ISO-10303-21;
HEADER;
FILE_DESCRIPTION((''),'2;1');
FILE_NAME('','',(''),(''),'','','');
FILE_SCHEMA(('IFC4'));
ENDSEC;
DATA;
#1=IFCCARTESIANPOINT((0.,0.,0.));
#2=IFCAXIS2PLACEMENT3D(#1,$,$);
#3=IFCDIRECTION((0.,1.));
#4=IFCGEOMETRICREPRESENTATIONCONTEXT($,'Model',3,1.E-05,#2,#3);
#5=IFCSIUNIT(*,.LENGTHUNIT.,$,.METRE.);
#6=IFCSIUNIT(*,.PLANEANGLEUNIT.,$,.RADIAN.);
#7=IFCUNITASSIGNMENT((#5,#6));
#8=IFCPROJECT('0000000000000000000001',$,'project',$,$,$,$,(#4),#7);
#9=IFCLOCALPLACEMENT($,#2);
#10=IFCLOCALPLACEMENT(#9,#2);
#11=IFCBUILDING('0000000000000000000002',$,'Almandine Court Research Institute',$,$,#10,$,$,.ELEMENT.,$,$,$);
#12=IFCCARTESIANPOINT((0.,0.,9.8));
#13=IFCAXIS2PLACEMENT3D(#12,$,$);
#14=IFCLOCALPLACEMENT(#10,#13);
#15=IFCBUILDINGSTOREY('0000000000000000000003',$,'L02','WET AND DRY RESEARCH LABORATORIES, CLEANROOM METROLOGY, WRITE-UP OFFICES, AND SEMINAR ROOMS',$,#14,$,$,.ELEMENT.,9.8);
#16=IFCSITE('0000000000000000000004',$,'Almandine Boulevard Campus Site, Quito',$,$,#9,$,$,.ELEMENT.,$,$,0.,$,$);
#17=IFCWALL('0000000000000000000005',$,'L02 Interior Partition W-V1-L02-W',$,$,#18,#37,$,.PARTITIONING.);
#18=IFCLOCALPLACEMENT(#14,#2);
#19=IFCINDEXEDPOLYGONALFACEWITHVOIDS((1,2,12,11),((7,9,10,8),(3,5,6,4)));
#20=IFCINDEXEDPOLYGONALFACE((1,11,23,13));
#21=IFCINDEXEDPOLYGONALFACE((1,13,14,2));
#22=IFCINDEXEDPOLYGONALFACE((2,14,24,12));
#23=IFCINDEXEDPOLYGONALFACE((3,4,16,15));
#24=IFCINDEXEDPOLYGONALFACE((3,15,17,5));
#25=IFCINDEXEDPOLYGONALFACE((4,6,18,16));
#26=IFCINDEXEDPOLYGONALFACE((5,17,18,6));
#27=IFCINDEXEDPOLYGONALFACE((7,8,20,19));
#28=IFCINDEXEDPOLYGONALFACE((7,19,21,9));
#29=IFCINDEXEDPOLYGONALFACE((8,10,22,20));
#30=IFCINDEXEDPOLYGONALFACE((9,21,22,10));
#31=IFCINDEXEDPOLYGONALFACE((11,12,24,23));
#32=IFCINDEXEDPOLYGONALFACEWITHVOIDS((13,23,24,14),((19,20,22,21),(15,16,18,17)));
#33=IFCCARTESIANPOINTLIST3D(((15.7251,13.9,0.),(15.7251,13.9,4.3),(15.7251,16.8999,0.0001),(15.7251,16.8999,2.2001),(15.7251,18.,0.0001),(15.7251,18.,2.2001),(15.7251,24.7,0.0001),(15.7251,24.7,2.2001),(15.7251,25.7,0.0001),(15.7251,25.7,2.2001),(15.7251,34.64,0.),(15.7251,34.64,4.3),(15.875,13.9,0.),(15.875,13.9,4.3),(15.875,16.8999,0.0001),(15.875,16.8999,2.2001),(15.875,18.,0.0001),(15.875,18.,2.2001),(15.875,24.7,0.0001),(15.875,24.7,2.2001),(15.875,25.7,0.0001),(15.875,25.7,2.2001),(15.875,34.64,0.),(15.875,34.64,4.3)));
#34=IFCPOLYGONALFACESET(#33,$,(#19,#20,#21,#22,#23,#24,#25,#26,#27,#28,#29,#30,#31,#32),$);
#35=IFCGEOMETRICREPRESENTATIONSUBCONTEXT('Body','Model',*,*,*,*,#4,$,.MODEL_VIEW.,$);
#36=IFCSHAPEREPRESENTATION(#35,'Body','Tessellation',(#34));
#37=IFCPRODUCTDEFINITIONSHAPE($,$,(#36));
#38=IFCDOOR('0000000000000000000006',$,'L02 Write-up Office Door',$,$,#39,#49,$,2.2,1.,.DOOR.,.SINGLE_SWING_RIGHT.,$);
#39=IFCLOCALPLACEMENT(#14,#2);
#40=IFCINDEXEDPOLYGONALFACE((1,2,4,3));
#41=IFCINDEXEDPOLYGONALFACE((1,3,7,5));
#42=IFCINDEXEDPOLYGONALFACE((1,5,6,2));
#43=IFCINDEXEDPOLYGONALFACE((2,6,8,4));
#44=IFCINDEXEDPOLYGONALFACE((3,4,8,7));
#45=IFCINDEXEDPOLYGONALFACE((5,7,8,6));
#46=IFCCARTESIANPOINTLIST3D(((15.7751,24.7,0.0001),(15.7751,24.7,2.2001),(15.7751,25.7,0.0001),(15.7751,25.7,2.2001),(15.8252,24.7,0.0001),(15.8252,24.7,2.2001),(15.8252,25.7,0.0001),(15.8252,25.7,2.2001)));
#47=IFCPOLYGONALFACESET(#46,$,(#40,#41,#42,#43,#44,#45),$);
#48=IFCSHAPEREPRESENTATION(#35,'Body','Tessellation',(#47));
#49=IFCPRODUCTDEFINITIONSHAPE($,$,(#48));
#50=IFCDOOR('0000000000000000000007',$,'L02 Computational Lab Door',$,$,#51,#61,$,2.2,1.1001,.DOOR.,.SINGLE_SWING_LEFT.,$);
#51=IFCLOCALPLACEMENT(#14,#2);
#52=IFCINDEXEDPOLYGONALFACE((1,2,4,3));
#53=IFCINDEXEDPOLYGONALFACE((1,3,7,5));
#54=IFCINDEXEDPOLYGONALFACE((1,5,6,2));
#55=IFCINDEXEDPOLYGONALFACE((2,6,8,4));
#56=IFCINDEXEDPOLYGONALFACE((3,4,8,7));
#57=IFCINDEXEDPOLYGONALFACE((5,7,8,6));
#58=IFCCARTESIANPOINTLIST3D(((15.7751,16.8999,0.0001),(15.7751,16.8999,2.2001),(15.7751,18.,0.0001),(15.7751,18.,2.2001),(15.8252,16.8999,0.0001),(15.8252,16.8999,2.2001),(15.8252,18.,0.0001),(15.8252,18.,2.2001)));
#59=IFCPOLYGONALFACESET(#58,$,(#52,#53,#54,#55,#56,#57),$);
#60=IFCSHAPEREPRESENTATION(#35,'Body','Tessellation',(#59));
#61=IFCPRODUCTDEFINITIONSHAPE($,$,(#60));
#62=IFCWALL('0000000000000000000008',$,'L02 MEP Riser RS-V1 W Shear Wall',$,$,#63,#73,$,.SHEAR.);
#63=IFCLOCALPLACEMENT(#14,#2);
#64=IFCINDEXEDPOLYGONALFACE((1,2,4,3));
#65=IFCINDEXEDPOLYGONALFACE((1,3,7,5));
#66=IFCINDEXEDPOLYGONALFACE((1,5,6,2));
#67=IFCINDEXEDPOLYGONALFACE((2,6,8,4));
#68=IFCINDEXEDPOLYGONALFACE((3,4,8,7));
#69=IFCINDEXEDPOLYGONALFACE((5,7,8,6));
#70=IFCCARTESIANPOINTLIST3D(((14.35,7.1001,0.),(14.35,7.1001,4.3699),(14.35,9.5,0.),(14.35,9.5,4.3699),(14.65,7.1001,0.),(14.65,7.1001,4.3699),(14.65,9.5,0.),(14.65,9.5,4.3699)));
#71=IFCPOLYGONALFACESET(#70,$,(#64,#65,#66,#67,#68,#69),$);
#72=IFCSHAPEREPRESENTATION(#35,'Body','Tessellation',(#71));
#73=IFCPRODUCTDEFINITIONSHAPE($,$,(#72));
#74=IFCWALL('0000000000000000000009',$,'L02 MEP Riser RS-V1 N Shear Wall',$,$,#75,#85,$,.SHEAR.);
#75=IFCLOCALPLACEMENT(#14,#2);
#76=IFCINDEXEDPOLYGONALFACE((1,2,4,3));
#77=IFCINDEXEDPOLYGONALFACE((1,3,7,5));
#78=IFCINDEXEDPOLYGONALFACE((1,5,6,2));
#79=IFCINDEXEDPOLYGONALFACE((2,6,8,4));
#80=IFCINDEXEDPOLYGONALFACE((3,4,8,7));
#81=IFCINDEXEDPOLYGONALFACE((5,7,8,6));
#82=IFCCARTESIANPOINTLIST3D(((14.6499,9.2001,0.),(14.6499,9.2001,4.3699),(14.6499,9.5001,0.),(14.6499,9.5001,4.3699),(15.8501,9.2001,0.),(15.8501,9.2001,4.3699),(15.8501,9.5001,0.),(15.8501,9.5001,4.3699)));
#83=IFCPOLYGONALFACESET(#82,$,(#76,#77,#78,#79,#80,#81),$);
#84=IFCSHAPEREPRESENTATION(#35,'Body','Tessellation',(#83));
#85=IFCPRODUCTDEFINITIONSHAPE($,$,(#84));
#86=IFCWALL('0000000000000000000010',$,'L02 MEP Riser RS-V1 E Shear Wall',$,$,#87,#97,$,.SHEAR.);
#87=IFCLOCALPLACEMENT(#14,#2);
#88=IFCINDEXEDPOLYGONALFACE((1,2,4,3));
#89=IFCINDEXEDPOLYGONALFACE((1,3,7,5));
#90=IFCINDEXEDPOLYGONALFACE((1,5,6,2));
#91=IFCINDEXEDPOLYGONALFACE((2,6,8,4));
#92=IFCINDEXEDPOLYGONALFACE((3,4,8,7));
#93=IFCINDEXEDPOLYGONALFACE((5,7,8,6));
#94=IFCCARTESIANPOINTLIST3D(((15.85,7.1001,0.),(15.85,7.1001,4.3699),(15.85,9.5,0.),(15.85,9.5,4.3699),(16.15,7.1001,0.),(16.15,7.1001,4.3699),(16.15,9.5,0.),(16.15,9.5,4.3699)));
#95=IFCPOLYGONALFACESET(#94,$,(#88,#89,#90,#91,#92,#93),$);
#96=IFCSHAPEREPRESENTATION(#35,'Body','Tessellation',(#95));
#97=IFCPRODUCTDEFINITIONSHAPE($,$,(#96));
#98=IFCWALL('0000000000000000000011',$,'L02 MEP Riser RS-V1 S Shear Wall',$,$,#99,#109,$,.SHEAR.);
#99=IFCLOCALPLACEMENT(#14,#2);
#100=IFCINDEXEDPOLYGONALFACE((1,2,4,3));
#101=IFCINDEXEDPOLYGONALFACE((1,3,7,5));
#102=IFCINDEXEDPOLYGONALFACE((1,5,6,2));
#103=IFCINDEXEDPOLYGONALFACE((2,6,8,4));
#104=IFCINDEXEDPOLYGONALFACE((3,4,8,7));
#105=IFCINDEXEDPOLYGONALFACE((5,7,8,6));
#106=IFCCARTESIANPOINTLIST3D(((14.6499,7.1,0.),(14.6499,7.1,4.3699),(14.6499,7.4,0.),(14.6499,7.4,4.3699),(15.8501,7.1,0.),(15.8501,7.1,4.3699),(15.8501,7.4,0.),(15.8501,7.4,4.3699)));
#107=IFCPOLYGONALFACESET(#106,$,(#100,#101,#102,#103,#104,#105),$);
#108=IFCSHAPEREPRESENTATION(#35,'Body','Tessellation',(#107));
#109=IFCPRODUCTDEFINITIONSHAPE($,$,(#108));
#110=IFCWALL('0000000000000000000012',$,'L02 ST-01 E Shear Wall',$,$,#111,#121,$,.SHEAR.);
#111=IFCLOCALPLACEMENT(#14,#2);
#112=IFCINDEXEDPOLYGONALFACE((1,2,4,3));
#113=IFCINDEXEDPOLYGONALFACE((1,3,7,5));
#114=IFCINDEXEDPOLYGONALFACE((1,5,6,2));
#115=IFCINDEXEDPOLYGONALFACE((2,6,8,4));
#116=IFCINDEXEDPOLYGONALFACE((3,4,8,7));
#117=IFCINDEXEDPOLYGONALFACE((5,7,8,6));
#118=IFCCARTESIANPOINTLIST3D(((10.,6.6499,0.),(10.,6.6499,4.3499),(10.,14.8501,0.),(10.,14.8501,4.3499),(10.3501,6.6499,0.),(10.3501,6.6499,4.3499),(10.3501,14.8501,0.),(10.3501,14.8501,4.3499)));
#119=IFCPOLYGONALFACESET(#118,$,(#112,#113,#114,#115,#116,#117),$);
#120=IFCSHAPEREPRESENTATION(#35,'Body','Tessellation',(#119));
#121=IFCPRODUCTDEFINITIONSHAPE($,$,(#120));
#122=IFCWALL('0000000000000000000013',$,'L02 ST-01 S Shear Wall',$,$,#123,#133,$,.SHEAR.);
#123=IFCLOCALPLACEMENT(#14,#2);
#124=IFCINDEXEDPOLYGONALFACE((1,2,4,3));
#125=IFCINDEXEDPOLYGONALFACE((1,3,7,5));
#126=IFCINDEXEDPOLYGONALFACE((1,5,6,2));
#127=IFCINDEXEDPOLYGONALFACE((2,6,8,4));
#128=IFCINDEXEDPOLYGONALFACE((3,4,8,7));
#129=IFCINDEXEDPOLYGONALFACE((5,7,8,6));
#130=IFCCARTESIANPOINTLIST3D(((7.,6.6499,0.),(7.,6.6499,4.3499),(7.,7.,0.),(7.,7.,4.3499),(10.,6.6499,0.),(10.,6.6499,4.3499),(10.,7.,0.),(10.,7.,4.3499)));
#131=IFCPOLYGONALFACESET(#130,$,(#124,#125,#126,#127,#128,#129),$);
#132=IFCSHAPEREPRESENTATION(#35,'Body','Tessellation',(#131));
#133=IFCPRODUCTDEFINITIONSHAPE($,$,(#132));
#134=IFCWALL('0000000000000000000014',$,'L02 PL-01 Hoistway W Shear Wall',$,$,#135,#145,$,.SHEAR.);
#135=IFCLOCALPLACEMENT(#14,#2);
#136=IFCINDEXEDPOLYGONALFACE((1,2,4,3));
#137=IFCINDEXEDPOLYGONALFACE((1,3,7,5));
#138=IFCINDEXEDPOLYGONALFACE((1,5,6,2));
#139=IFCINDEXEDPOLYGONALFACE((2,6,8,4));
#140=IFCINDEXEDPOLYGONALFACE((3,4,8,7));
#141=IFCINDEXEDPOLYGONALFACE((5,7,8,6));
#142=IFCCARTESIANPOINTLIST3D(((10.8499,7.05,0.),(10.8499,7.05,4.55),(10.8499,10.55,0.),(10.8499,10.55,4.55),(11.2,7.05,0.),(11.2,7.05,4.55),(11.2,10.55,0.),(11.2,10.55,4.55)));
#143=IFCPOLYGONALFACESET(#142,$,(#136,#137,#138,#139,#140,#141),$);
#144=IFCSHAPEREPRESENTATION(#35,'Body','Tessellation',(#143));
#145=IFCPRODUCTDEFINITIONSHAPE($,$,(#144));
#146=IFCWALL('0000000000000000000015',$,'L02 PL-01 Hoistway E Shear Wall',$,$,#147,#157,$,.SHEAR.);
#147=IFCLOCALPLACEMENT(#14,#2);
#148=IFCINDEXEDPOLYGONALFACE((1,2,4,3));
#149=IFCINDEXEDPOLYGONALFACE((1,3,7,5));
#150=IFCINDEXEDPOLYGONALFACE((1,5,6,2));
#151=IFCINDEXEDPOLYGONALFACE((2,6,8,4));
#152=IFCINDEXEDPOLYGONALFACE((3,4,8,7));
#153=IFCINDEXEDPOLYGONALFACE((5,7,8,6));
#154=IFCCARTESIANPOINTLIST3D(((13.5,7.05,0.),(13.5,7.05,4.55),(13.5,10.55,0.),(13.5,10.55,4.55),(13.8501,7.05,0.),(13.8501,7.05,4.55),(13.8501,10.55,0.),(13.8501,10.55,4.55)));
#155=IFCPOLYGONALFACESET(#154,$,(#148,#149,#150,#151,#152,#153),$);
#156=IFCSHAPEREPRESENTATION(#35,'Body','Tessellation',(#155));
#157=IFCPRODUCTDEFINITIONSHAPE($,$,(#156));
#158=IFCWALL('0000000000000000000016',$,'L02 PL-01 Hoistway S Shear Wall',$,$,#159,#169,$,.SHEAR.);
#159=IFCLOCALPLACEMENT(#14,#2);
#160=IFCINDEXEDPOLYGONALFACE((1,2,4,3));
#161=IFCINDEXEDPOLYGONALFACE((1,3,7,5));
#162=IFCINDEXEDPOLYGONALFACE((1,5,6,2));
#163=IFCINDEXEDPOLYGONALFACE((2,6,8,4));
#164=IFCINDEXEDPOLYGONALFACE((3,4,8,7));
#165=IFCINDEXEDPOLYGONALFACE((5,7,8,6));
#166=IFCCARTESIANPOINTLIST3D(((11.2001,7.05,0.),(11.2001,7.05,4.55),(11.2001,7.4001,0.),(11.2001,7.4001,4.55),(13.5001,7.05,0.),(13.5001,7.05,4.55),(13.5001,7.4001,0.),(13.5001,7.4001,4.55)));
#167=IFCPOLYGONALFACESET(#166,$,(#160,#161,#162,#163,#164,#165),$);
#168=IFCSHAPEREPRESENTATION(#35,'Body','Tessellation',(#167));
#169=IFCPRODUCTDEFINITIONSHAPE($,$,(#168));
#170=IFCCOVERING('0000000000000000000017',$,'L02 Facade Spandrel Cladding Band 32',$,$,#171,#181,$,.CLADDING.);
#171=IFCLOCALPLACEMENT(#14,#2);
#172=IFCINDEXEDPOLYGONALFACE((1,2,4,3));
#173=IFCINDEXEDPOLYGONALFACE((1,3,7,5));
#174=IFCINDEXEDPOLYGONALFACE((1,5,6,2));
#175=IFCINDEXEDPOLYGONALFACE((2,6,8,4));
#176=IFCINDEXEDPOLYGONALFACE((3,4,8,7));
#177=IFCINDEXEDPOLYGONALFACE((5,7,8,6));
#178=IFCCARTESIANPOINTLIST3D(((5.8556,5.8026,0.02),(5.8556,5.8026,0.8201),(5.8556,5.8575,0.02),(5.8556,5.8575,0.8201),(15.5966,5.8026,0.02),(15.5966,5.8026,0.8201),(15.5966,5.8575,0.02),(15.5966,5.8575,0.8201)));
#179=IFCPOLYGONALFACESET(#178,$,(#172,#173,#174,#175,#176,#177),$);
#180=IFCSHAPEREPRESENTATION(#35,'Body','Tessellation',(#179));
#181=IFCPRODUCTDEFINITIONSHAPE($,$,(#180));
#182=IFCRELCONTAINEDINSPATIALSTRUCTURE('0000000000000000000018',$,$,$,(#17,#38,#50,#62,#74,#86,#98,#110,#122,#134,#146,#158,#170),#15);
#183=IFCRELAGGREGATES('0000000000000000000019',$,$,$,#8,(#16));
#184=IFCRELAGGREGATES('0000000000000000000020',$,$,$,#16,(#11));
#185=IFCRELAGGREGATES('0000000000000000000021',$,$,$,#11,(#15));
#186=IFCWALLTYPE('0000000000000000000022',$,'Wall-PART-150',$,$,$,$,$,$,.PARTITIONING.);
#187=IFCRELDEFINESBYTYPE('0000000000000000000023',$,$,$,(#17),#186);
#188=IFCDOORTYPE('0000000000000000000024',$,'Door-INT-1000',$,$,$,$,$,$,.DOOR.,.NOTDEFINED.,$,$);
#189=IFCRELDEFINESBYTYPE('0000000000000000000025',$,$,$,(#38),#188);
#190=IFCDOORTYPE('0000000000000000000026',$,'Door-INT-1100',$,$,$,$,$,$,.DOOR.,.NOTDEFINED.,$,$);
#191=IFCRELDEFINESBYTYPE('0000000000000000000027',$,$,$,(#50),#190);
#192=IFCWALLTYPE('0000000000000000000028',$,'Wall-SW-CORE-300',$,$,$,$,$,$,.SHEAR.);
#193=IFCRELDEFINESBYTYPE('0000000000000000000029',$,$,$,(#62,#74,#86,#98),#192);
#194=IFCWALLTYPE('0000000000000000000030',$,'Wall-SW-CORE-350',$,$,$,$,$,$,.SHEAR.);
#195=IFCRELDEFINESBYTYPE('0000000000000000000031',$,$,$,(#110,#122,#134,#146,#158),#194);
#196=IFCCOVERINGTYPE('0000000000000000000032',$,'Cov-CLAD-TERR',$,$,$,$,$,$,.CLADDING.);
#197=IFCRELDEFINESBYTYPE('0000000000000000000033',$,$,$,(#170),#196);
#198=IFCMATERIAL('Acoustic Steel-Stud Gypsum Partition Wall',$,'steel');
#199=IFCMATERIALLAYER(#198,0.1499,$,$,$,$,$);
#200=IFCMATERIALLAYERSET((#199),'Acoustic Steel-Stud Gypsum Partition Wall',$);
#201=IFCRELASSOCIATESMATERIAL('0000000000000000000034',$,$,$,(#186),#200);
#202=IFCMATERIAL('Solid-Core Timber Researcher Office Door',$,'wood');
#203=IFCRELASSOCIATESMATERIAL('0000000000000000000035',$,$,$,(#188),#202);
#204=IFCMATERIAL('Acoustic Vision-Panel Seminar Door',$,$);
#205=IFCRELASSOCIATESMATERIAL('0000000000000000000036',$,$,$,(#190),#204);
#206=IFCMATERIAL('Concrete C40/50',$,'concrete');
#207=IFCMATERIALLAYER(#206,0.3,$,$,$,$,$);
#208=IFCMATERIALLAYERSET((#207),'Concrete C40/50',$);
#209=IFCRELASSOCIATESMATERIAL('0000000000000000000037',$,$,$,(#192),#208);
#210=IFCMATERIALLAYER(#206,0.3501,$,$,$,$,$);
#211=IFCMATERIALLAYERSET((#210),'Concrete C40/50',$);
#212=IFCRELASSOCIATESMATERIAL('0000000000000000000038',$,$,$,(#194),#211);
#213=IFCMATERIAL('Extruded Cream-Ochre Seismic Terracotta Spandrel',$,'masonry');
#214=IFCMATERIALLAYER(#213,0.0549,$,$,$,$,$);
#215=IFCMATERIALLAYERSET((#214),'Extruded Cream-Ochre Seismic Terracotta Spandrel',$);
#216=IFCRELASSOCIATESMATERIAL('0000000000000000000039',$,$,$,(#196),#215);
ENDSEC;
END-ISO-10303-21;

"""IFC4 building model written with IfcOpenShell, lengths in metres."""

from ifc_helpers import new_model, si_unit, direction, frame, frame_2d, origin, origin_2d, place, context, subcontext, project, spatial, rectangle, extrude, material, layer, layer_set, type_object, element, fill, save


model = new_model("IFC4")

# Units and contexts
model_context = context("Model", 3, precision=1e-05, world=origin(), true_north=direction((0.0, 1.0)))
body_context = subcontext(model_context, "Body", "Model", "MODEL_VIEW")
ifc_project = project(units=[si_unit("LENGTHUNIT", "METRE"), si_unit("PLANEANGLEUNIT", "RADIAN")], contexts=[model_context])

# Site, building, storey
site_placement = place(None, origin())
site = spatial("IfcSite", under=ifc_project, at=site_placement, Name="Almandine Boulevard Campus Site, Quito", CompositionType="ELEMENT", RefElevation=0.0)
building_placement = place(site_placement, origin())
building = spatial("IfcBuilding", under=site, at=building_placement, Name="Almandine Court Research Institute", CompositionType="ELEMENT")
storey_placement = place(building_placement, frame((0.0, 0.0, 9.8)))
storey = spatial("IfcBuildingStorey", under=building, at=storey_placement, Name="L02", Description="WET AND DRY RESEARCH LABORATORIES, CLEANROOM METROLOGY, WRITE-UP OFFICES, AND SEMINAR ROOMS", CompositionType="ELEMENT", Elevation=9.8)

# Shared definitions
ifc_material_1 = material(Name="Acoustic Steel-Stud Gypsum Partition Wall", Category="steel")
ifc_layer_1 = layer(ifc_material_1, 0.1499)
ifc_layer_set_1 = layer_set([ifc_layer_1], Name="Acoustic Steel-Stud Gypsum Partition Wall")
wall_type_1 = type_object("IfcWallType", Name="Wall-PART-150", PredefinedType="PARTITIONING", material=ifc_layer_set_1)
ifc_material_2 = material(Name="Solid-Core Timber Researcher Office Door", Category="wood")
door_type_1 = type_object("IfcDoorType", Name="Door-INT-1000", OperationType="NOTDEFINED", PredefinedType="DOOR", material=ifc_material_2)

# Wall, openings, doors
wall_1_placement = place(storey_placement, frame((15.8, 13.8999, 0.0), z_axis=(0.0, 0.0, 1.0), x_axis=(0.0, 1.0, 0.0)))
wall_1 = element("IfcWall", 1, at=wall_1_placement, inside=storey, type_object=wall_type_1, Name="L02 Interior Partition W-V1-L02-W", PredefinedType="PARTITIONING", context=body_context, shape_type="SweptSolid", body=[
    extrude(rectangle(XDim=20.74, YDim=0.1499, at=frame_2d((10.3701, 0.0))), origin(), (0.0, 0.0, 1.0), 4.3),
])
opening_1_placement = place(wall_1_placement, frame((3.0, 0.0, 0.0)))
opening_1 = element("IfcOpeningElement", 2, at=opening_1_placement, cuts=wall_1, PredefinedType="OPENING", context=body_context, shape_type="SweptSolid", body=[
    extrude(rectangle(XDim=1.1001, YDim=2.2, at=frame_2d((0.55, 1.1001))), frame((0.0, 0.085, 0.0), z_axis=(0.0, -1.0, 0.0), x_axis=(1.0, 0.0, 0.0)), (0.0, 0.0, 1.0), 0.1699),
])
opening_2_placement = place(wall_1_placement, frame((10.8, 0.0, 0.0)))
opening_2 = element("IfcOpeningElement", 3, at=opening_2_placement, cuts=wall_1, PredefinedType="OPENING", context=body_context, shape_type="SweptSolid", body=[
    extrude(rectangle(XDim=1.0, YDim=2.2, at=frame_2d((0.5, 1.1001))), frame((0.0, 0.085, 0.0), z_axis=(0.0, -1.0, 0.0), x_axis=(1.0, 0.0, 0.0)), (0.0, 0.0, 1.0), 0.1699),
])
door_1_placement = place(opening_2_placement, origin())
door_1 = element("IfcDoor", 4, at=door_1_placement, inside=storey, type_object=door_type_1, Name="L02 Write-up Office Door", OperationType="SINGLE_SWING_RIGHT", OverallHeight=2.2, OverallWidth=1.0, PredefinedType="DOOR", context=body_context, shape_type="SweptSolid", body=[
    extrude(rectangle(XDim=1.0, YDim=2.2, at=frame_2d((0.5, 1.1001))), frame((0.0, 0.0249, 0.0), z_axis=(0.0, -1.0, 0.0), x_axis=(1.0, 0.0, 0.0)), (0.0, 0.0, 1.0), 0.05),
])
fill(opening_2, door_1)
ifc_material_3 = material(Name="Acoustic Vision-Panel Seminar Door")
door_type_2 = type_object("IfcDoorType", Name="Door-INT-1100", OperationType="NOTDEFINED", PredefinedType="DOOR", material=ifc_material_3)
door_2_placement = place(opening_1_placement, origin())
door_2 = element("IfcDoor", 5, at=door_2_placement, inside=storey, type_object=door_type_2, Name="L02 Computational Lab Door", OperationType="SINGLE_SWING_LEFT", OverallHeight=2.2, OverallWidth=1.1001, PredefinedType="DOOR", context=body_context, shape_type="SweptSolid", body=[
    extrude(rectangle(XDim=1.1001, YDim=2.2, at=frame_2d((0.55, 1.1001))), frame((0.0, 0.0249, 0.0), z_axis=(0.0, -1.0, 0.0), x_axis=(1.0, 0.0, 0.0)), (0.0, 0.0, 1.0), 0.05),
])
fill(opening_1, door_2)

# Walls
ifc_material_4 = material(Name="Concrete C40/50", Category="concrete")
ifc_layer_2 = layer(ifc_material_4, 0.3)
ifc_layer_set_2 = layer_set([ifc_layer_2], Name="Concrete C40/50")
wall_type_2 = type_object("IfcWallType", Name="Wall-SW-CORE-300", PredefinedType="SHEAR", material=ifc_layer_set_2)
wall_2_placement = place(storey_placement, frame((14.5, 7.1001, 0.0), z_axis=(0.0, 0.0, 1.0), x_axis=(0.0, 1.0, 0.0)))
element("IfcWall", 6, at=wall_2_placement, inside=storey, type_object=wall_type_2, Name="L02 MEP Riser RS-V1 W Shear Wall", PredefinedType="SHEAR", context=body_context, shape_type="SweptSolid", body=[
    extrude(rectangle(XDim=2.3999, YDim=0.3, at=frame_2d((1.2, 0.0))), origin(), (0.0, 0.0, 1.0), 4.3699),
])
wall_3_placement = place(storey_placement, frame((14.6499, 9.3501, 0.0), z_axis=(0.0, 0.0, 1.0), x_axis=(1.0, 0.0, 0.0)))
element("IfcWall", 7, at=wall_3_placement, inside=storey, type_object=wall_type_2, Name="L02 MEP Riser RS-V1 N Shear Wall", PredefinedType="SHEAR", context=body_context, shape_type="SweptSolid", body=[
    extrude(rectangle(XDim=1.2002, YDim=0.3, at=frame_2d((0.6001, 0.0))), origin(), (0.0, 0.0, 1.0), 4.3699),
])
wall_4_placement = place(storey_placement, frame((16.0, 9.5, 0.0), z_axis=(0.0, 0.0, 1.0), x_axis=(0.0, -1.0, 0.0)))
element("IfcWall", 8, at=wall_4_placement, inside=storey, type_object=wall_type_2, Name="L02 MEP Riser RS-V1 E Shear Wall", PredefinedType="SHEAR", context=body_context, shape_type="SweptSolid", body=[
    extrude(rectangle(XDim=2.3999, YDim=0.3, at=frame_2d((1.2, 0.0))), origin(), (0.0, 0.0, 1.0), 4.3699),
])
wall_5_placement = place(storey_placement, frame((15.8501, 7.25, 0.0), z_axis=(0.0, 0.0, 1.0), x_axis=(-1.0, 0.0, 0.0)))
element("IfcWall", 9, at=wall_5_placement, inside=storey, type_object=wall_type_2, Name="L02 MEP Riser RS-V1 S Shear Wall", PredefinedType="SHEAR", context=body_context, shape_type="SweptSolid", body=[
    extrude(rectangle(XDim=1.2002, YDim=0.3, at=frame_2d((0.6001, 0.0))), origin(), (0.0, 0.0, 1.0), 4.3699),
])
ifc_layer_3 = layer(ifc_material_4, 0.3501)
ifc_layer_set_3 = layer_set([ifc_layer_3], Name="Concrete C40/50")
wall_type_3 = type_object("IfcWallType", Name="Wall-SW-CORE-350", PredefinedType="SHEAR", material=ifc_layer_set_3)
wall_6_placement = place(storey_placement, frame((10.175, 14.8501, 0.0), z_axis=(0.0, 0.0, 1.0), x_axis=(0.0, -1.0, 0.0)))
element("IfcWall", 10, at=wall_6_placement, inside=storey, type_object=wall_type_3, Name="L02 ST-01 E Shear Wall", PredefinedType="SHEAR", context=body_context, shape_type="SweptSolid", body=[
    extrude(rectangle(XDim=8.2002, YDim=0.3501, at=frame_2d((4.1001, 0.0))), origin(), (0.0, 0.0, 1.0), 4.3499),
])
wall_7_placement = place(storey_placement, frame((10.0, 6.825, 0.0), z_axis=(0.0, 0.0, 1.0), x_axis=(-1.0, 0.0, 0.0)))
element("IfcWall", 11, at=wall_7_placement, inside=storey, type_object=wall_type_3, Name="L02 ST-01 S Shear Wall", PredefinedType="SHEAR", context=body_context, shape_type="SweptSolid", body=[
    extrude(rectangle(XDim=3.0, YDim=0.3501, at=frame_2d((1.5, 0.0))), origin(), (0.0, 0.0, 1.0), 4.3499),
])
wall_8_placement = place(storey_placement, frame((11.0249, 7.05, 0.0), z_axis=(0.0, 0.0, 1.0), x_axis=(0.0, 1.0, 0.0)))
element("IfcWall", 12, at=wall_8_placement, inside=storey, type_object=wall_type_3, Name="L02 PL-01 Hoistway W Shear Wall", PredefinedType="SHEAR", context=body_context, shape_type="SweptSolid", body=[
    extrude(rectangle(XDim=3.5, YDim=0.3501, at=frame_2d((1.75, 0.0))), origin(), (0.0, 0.0, 1.0), 4.55),
])

# Walls
wall_9_placement = place(storey_placement, frame((13.675, 10.55, 0.0), z_axis=(0.0, 0.0, 1.0), x_axis=(0.0, -1.0, 0.0)))
element("IfcWall", 13, at=wall_9_placement, inside=storey, type_object=wall_type_3, Name="L02 PL-01 Hoistway E Shear Wall", PredefinedType="SHEAR", context=body_context, shape_type="SweptSolid", body=[
    extrude(rectangle(XDim=3.5, YDim=0.3501, at=frame_2d((1.75, 0.0))), origin(), (0.0, 0.0, 1.0), 4.55),
])
wall_10_placement = place(storey_placement, frame((13.5, 7.2251, 0.0), z_axis=(0.0, 0.0, 1.0), x_axis=(-1.0, 0.0, 0.0)))
element("IfcWall", 14, at=wall_10_placement, inside=storey, type_object=wall_type_3, Name="L02 PL-01 Hoistway S Shear Wall", PredefinedType="SHEAR", context=body_context, shape_type="SweptSolid", body=[
    extrude(rectangle(XDim=2.3, YDim=0.3501, at=frame_2d((1.1499, 0.0))), origin(), (0.0, 0.0, 1.0), 4.55),
])

# Covering
ifc_material_5 = material(Name="Extruded Cream-Ochre Seismic Terracotta Spandrel", Category="masonry")
ifc_layer_4 = layer(ifc_material_5, 0.0549)
ifc_layer_set_4 = layer_set([ifc_layer_4], Name="Extruded Cream-Ochre Seismic Terracotta Spandrel")
covering_type = type_object("IfcCoveringType", Name="Cov-CLAD-TERR", PredefinedType="CLADDING", material=ifc_layer_set_4)
covering_placement = place(storey_placement, frame((10.7261, 5.8301, 0.02), z_axis=(0.0, 0.0, 1.0), x_axis=(-1.0, 0.0, 0.0)))
element("IfcCovering", 15, at=covering_placement, inside=storey, type_object=covering_type, Name="L02 Facade Spandrel Cladding Band 32", PredefinedType="CLADDING", context=body_context, shape_type="SweptSolid", body=[
    extrude(rectangle(XDim=9.741, YDim=0.0549, at=origin_2d()), origin(), (0.0, 0.0, 1.0), 0.8),
])

save(model, "model.ifc")
